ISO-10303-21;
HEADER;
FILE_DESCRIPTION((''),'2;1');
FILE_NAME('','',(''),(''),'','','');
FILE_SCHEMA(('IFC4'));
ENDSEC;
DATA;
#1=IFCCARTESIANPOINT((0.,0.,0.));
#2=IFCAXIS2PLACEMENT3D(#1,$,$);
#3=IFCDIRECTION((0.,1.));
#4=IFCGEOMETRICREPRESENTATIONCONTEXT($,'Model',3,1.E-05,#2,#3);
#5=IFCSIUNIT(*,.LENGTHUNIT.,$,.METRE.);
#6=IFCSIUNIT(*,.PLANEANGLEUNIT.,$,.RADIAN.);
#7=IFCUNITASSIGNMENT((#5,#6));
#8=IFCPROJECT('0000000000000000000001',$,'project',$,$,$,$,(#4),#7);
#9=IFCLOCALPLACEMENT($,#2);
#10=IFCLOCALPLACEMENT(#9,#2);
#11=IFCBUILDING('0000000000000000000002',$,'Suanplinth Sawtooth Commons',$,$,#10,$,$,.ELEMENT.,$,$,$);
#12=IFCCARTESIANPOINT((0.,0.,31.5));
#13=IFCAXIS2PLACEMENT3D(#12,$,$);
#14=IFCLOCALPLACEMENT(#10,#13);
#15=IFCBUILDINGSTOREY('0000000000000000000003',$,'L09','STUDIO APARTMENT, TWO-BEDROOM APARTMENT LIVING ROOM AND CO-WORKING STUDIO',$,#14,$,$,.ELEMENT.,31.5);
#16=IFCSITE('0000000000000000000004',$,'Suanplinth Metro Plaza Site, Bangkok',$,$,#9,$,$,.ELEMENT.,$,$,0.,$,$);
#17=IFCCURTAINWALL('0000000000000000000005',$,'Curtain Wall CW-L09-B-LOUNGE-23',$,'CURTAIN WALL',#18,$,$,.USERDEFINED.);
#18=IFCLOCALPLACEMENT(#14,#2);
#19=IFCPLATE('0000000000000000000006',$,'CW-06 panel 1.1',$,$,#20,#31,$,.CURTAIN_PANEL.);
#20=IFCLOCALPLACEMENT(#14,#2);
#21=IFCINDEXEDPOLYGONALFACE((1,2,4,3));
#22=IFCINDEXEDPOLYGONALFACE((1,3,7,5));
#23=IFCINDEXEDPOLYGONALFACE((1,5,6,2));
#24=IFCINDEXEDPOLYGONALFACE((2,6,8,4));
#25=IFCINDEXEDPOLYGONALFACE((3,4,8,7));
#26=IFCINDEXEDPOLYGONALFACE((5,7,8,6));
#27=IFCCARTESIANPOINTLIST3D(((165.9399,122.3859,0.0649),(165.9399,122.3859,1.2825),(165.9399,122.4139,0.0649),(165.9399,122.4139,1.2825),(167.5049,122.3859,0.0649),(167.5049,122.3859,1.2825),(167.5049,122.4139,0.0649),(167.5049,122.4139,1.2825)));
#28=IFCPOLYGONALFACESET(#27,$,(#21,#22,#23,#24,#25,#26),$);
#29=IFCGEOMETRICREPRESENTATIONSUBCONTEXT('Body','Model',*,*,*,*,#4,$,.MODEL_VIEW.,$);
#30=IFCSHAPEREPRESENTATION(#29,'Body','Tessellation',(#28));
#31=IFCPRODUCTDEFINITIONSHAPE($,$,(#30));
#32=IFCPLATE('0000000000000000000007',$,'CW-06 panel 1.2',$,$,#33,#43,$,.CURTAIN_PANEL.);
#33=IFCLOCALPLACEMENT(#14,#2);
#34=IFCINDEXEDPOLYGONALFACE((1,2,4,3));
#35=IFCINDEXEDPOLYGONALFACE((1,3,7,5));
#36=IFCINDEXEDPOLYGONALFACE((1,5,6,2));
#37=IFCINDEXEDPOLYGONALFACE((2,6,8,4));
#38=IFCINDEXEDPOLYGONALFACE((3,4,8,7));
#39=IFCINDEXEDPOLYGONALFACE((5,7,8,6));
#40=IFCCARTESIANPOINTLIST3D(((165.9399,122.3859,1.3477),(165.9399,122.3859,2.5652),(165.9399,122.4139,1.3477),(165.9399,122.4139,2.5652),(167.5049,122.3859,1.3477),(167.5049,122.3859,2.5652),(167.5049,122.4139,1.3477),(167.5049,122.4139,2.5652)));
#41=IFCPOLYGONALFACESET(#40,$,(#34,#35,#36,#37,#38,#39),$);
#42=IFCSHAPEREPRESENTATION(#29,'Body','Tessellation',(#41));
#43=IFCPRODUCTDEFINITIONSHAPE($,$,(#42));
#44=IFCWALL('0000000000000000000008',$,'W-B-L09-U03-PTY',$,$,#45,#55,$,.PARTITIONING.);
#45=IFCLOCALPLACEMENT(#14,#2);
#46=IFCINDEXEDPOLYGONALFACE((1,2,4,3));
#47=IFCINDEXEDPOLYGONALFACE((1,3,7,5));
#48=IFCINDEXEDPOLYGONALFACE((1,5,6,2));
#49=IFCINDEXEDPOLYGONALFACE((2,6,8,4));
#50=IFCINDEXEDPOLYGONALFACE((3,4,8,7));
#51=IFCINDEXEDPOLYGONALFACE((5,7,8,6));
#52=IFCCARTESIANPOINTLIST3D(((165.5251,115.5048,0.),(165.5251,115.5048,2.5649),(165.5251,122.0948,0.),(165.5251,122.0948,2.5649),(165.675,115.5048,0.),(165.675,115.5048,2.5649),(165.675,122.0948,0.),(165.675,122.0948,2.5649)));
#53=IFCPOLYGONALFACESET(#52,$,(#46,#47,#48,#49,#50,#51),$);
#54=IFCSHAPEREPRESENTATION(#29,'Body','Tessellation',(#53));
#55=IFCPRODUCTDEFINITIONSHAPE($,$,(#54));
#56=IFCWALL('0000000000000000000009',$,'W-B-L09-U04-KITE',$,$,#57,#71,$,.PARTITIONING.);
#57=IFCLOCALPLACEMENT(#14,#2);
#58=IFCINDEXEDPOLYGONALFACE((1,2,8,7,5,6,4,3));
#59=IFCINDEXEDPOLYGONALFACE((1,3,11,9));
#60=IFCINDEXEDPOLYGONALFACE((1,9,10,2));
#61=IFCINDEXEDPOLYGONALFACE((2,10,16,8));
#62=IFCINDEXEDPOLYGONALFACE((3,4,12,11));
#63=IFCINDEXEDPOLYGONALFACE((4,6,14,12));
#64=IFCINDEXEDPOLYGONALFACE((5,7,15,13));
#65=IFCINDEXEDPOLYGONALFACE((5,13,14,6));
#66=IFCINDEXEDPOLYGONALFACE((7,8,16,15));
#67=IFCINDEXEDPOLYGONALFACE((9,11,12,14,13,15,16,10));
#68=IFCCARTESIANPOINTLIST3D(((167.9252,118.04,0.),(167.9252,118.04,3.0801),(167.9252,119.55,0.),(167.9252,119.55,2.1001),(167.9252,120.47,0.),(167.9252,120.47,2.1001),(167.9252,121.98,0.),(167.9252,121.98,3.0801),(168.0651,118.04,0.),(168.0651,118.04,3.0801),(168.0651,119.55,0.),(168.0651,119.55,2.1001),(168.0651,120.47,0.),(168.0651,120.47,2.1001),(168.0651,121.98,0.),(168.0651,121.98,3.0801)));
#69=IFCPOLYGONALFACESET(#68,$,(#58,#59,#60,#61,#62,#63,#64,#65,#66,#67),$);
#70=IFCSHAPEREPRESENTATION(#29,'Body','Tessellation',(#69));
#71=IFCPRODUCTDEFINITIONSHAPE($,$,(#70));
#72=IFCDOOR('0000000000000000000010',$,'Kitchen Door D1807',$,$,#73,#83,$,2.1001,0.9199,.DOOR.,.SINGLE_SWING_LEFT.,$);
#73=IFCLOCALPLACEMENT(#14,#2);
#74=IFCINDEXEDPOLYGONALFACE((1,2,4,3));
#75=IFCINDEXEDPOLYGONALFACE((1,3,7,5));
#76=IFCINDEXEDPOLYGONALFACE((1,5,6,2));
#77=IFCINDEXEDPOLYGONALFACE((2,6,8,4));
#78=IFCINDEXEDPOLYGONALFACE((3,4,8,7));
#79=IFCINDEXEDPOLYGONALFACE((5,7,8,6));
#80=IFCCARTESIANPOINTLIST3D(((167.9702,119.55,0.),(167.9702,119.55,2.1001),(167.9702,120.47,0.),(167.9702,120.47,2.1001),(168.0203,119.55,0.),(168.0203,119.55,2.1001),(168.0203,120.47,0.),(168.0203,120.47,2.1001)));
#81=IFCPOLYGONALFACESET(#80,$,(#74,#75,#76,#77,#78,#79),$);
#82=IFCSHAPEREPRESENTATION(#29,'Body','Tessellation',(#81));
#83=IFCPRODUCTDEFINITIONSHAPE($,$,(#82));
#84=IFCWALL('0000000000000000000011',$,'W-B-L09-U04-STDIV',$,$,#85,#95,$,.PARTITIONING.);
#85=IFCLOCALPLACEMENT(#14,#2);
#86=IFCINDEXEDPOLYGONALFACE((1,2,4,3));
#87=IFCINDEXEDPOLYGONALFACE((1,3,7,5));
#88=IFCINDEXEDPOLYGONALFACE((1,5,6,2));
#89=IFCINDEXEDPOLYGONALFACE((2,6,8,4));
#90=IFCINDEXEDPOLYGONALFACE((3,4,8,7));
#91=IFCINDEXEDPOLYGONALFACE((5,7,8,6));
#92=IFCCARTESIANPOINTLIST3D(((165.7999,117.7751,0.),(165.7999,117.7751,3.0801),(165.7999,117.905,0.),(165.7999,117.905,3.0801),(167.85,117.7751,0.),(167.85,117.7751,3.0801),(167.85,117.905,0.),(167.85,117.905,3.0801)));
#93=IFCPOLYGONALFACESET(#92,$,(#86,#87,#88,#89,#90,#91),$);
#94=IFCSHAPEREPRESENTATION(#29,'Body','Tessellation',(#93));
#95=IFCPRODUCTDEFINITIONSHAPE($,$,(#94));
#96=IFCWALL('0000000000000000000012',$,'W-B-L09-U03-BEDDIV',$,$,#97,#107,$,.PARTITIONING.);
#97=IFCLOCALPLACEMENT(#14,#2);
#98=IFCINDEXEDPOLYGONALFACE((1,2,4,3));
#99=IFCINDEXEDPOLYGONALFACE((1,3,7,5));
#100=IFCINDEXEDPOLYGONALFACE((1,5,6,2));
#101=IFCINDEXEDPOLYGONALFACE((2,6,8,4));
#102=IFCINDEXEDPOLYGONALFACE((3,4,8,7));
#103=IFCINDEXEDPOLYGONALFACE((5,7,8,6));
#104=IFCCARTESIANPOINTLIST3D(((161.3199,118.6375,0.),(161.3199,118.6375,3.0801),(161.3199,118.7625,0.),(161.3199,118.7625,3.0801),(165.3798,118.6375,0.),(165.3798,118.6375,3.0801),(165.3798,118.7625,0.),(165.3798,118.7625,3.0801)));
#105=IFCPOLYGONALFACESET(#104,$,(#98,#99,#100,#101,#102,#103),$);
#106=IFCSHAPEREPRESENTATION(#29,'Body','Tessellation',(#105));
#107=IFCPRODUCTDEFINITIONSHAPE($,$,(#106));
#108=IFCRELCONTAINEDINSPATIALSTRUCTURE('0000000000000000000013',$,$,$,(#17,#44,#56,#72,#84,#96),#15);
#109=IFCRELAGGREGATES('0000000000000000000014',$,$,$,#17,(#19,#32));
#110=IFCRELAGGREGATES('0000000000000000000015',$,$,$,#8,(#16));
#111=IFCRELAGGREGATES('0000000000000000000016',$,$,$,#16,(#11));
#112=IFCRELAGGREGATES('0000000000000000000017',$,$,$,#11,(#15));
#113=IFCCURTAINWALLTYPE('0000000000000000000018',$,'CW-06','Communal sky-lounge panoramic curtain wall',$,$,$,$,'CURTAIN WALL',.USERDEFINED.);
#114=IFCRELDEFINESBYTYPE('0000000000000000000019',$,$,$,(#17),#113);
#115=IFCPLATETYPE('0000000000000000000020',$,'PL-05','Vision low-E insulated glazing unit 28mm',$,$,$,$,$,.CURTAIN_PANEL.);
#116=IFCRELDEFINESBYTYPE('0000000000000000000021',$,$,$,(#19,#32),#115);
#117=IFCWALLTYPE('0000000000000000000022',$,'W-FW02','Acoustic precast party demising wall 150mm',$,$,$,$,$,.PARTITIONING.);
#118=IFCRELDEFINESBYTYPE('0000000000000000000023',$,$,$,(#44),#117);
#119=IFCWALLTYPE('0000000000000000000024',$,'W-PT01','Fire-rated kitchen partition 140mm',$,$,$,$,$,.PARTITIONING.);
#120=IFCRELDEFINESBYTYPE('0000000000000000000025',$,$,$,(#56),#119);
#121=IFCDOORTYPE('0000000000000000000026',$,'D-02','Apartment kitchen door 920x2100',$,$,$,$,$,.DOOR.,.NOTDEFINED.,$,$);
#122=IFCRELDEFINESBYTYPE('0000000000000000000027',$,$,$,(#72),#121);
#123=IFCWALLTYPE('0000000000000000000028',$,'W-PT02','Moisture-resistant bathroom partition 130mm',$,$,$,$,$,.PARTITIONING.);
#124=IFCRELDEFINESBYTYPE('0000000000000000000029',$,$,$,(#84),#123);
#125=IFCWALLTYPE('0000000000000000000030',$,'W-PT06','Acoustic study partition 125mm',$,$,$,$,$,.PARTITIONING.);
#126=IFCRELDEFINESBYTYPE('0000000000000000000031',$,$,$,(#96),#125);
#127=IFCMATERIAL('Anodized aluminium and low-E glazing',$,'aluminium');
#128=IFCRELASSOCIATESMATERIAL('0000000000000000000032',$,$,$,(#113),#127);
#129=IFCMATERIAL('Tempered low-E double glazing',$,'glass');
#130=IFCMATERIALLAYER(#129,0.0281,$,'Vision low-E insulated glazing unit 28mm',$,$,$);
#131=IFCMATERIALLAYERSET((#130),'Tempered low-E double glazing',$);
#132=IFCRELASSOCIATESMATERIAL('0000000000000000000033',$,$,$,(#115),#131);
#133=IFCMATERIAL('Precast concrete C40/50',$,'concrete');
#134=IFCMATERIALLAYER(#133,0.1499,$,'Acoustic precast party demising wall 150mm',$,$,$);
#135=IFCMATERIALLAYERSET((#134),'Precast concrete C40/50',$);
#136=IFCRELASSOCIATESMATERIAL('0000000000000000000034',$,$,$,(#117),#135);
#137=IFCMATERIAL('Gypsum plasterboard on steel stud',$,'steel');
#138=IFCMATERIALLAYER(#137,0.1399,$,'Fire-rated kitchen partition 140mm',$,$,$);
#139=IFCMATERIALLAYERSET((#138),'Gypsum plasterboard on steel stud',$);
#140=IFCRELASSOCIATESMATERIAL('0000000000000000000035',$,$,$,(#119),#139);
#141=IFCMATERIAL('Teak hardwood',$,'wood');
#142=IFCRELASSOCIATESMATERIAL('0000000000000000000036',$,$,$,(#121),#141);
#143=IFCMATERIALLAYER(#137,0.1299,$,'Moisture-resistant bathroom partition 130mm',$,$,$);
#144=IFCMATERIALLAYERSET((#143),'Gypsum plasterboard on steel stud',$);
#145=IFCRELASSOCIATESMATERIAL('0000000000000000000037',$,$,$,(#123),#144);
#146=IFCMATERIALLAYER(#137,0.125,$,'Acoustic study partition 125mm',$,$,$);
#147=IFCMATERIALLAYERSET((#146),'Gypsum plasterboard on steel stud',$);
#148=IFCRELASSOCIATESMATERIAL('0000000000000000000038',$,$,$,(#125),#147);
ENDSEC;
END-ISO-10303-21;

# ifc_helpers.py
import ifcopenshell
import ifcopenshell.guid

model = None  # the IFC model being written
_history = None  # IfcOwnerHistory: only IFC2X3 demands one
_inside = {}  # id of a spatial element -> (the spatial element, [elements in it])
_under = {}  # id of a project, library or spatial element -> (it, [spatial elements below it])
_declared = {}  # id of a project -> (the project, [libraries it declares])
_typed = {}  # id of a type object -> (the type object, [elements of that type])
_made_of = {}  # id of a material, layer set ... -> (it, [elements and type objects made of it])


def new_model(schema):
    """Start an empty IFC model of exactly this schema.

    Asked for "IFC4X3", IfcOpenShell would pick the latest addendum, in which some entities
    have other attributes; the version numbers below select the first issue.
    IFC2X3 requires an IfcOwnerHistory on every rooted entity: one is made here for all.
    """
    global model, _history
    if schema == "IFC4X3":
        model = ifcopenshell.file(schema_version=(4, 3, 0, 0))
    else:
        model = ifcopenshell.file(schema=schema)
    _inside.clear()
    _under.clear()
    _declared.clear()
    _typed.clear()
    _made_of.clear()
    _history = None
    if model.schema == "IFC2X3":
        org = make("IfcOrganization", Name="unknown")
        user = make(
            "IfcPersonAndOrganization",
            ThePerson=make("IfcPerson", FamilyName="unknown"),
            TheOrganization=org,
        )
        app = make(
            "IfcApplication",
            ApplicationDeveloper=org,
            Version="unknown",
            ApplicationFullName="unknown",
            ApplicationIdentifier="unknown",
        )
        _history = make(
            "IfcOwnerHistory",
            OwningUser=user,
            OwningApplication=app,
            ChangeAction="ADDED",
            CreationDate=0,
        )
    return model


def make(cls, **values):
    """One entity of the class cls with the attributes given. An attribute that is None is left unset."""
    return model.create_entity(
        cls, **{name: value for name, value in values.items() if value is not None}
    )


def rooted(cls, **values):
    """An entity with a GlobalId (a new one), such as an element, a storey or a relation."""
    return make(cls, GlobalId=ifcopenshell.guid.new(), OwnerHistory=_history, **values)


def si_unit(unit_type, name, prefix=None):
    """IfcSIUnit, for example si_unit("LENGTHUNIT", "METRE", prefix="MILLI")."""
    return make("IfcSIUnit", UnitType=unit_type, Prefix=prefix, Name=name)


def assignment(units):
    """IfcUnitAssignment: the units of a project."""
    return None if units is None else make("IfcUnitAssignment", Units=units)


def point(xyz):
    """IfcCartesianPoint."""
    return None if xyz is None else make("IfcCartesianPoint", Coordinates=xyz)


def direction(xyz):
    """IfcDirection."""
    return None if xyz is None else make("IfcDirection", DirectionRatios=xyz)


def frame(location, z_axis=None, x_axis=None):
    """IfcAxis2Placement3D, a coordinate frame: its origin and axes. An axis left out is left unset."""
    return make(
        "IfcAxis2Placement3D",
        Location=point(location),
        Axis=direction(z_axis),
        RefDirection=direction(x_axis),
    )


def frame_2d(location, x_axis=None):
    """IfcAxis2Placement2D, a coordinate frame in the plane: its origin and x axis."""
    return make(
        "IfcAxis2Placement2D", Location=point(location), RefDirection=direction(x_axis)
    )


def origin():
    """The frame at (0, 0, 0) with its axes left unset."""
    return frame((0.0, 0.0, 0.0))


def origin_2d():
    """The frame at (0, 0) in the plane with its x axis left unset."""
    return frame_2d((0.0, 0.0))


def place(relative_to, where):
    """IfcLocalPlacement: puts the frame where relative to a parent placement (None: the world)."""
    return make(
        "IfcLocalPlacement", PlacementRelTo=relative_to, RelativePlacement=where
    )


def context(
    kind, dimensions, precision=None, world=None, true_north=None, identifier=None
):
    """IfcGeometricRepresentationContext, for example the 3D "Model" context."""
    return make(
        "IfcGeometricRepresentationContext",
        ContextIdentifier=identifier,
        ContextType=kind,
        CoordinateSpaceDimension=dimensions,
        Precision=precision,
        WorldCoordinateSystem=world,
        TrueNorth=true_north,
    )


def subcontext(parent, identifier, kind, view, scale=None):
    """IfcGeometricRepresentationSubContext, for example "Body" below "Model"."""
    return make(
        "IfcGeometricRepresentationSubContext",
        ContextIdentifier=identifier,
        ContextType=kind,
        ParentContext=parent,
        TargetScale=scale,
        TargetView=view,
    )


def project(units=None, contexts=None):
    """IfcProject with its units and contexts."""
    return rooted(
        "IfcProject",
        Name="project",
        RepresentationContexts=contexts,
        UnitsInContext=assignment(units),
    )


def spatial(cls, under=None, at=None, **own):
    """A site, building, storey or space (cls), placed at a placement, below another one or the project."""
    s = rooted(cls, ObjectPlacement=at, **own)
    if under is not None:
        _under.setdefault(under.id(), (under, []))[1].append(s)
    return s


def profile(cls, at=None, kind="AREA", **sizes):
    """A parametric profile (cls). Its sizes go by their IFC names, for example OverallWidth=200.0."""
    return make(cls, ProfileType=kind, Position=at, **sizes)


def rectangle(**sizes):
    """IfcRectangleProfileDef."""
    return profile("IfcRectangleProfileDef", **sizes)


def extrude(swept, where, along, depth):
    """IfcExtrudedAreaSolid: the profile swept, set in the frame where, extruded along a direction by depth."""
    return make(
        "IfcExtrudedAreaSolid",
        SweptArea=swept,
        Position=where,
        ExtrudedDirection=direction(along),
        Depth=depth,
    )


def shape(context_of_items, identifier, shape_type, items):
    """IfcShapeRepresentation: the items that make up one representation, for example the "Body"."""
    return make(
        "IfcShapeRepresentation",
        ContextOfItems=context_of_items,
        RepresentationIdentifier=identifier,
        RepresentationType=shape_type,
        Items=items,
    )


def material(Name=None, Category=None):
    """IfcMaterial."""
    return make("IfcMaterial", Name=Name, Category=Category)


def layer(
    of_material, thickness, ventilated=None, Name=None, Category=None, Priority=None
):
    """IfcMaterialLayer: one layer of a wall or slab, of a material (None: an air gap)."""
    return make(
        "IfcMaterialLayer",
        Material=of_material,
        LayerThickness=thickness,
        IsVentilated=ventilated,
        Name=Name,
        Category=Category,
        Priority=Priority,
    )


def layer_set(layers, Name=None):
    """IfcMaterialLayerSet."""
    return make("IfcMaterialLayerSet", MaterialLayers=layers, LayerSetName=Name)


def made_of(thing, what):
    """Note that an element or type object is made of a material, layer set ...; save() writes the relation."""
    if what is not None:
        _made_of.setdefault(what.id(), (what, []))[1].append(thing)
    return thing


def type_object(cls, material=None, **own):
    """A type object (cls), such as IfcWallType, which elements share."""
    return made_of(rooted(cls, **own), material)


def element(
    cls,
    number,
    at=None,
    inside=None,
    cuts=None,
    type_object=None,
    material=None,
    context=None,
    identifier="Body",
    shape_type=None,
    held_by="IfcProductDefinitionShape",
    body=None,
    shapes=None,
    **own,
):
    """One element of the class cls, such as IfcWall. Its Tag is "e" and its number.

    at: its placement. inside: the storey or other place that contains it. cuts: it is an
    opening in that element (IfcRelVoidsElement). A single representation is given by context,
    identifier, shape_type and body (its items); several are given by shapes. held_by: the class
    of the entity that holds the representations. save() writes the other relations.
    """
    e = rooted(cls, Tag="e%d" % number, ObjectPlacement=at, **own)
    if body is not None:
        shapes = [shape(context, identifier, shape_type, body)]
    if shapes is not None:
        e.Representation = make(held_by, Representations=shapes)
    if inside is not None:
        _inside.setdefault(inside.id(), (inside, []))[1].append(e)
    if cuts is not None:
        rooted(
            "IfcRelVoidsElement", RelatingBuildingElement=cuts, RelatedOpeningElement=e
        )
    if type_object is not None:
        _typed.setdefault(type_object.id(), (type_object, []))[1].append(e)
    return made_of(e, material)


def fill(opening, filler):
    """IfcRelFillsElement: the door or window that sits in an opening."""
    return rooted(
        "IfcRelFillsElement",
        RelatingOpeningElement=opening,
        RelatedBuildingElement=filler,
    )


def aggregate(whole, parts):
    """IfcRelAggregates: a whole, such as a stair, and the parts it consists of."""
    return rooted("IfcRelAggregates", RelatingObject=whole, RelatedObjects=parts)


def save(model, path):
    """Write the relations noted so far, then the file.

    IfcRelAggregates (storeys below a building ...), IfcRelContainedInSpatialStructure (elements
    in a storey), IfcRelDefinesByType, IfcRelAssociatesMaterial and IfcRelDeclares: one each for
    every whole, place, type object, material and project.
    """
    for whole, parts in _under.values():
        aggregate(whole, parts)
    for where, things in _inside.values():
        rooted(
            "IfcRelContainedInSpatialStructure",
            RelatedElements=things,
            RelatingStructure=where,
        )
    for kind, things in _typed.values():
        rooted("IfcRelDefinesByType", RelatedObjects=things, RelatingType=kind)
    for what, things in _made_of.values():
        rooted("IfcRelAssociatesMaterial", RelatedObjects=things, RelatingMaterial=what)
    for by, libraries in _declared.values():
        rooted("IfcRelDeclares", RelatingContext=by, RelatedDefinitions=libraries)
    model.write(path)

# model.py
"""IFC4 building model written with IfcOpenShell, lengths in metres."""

from ifc_helpers import new_model, si_unit, direction, frame, frame_2d, origin, origin_2d, place, context, subcontext, project, spatial, rectangle, extrude, material, layer, layer_set, type_object, element, fill, aggregate, save


model = new_model("IFC4")

# Units and contexts
model_context = context("Model", 3, precision=1e-05, world=origin(), true_north=direction((0.0, 1.0)))
body_context = subcontext(model_context, "Body", "Model", "MODEL_VIEW")
ifc_project = project(units=[si_unit("LENGTHUNIT", "METRE"), si_unit("PLANEANGLEUNIT", "RADIAN")], contexts=[model_context])

# Site, building, storey
site_placement = place(None, origin())
site = spatial("IfcSite", under=ifc_project, at=site_placement, Name="Suanplinth Metro Plaza Site, Bangkok", CompositionType="ELEMENT", RefElevation=0.0)
building_placement = place(site_placement, origin())
building = spatial("IfcBuilding", under=site, at=building_placement, Name="Suanplinth Sawtooth Commons", CompositionType="ELEMENT")
storey_placement = place(building_placement, frame((0.0, 0.0, 31.5)))
storey = spatial("IfcBuildingStorey", under=building, at=storey_placement, Name="L09", Description="STUDIO APARTMENT, TWO-BEDROOM APARTMENT LIVING ROOM AND CO-WORKING STUDIO", CompositionType="ELEMENT", Elevation=31.5)

# Shared definitions
ifc_material_1 = material(Name="Precast concrete C40/50", Category="concrete")

# Curtain wall, plates
ifc_material_2 = material(Name="Anodized aluminium and low-E glazing", Category="aluminium")
curtain_wall_type = type_object("IfcCurtainWallType", Name="CW-06", Description="Communal sky-lounge panoramic curtain wall", ElementType="CURTAIN WALL", PredefinedType="USERDEFINED", material=ifc_material_2)
curtain_wall_placement = place(storey_placement, origin())
curtain_wall = element("IfcCurtainWall", 1, at=curtain_wall_placement, inside=storey, type_object=curtain_wall_type, Name="Curtain Wall CW-L09-B-LOUNGE-23", ObjectType="CURTAIN WALL", PredefinedType="USERDEFINED")
ifc_material_3 = material(Name="Tempered low-E double glazing", Category="glass")
ifc_layer_1 = layer(ifc_material_3, 0.0281, Name="Vision low-E insulated glazing unit 28mm")
ifc_layer_set_1 = layer_set([ifc_layer_1], Name="Tempered low-E double glazing")
plate_type = type_object("IfcPlateType", Name="PL-05", Description="Vision low-E insulated glazing unit 28mm", PredefinedType="CURTAIN_PANEL", material=ifc_layer_set_1)
plate_1_placement = place(storey_placement, frame((166.7224, 122.3999, 0.0649), z_axis=(0.0, 0.0, 1.0), x_axis=(1.0, 0.0, 0.0)))
plate_1 = element("IfcPlate", 2, at=plate_1_placement, type_object=plate_type, Name="CW-06 panel 1.1", PredefinedType="CURTAIN_PANEL", context=body_context, shape_type="SweptSolid", body=[
    extrude(rectangle(XDim=1.5649, YDim=0.0281, at=origin_2d()), origin(), (0.0, 0.0, 1.0), 1.2175),
])
plate_2_placement = place(storey_placement, frame((166.7224, 122.3999, 1.3477), z_axis=(0.0, 0.0, 1.0), x_axis=(1.0, 0.0, 0.0)))
plate_2 = element("IfcPlate", 3, at=plate_2_placement, type_object=plate_type, Name="CW-06 panel 1.2", PredefinedType="CURTAIN_PANEL", context=body_context, shape_type="SweptSolid", body=[
    extrude(rectangle(XDim=1.5649, YDim=0.0281, at=origin_2d()), origin(), (0.0, 0.0, 1.0), 1.2175),
])
aggregate(curtain_wall, [plate_1, plate_2])

# Wall
ifc_layer_2 = layer(ifc_material_1, 0.1499, Name="Acoustic precast party demising wall 150mm")
ifc_layer_set_2 = layer_set([ifc_layer_2], Name="Precast concrete C40/50")
wall_type_1 = type_object("IfcWallType", Name="W-FW02", Description="Acoustic precast party demising wall 150mm", PredefinedType="PARTITIONING", material=ifc_layer_set_2)
wall_1_placement = place(storey_placement, frame((165.6001, 115.5049, 0.0), z_axis=(0.0, 0.0, 1.0), x_axis=(0.0, 1.0, 0.0)))
element("IfcWall", 4, at=wall_1_placement, inside=storey, type_object=wall_type_1, Name="W-B-L09-U03-PTY", PredefinedType="PARTITIONING", context=body_context, shape_type="SweptSolid", body=[
    extrude(rectangle(XDim=6.5901, YDim=0.1499, at=frame_2d((3.2949, 0.0))), origin(), (0.0, 0.0, 1.0), 2.5649),
])

# Wall, opening, door
ifc_material_4 = material(Name="Gypsum plasterboard on steel stud", Category="steel")
ifc_layer_3 = layer(ifc_material_4, 0.1399, Name="Fire-rated kitchen partition 140mm")
ifc_layer_set_3 = layer_set([ifc_layer_3], Name="Gypsum plasterboard on steel stud")
wall_type_2 = type_object("IfcWallType", Name="W-PT01", Description="Fire-rated kitchen partition 140mm", PredefinedType="PARTITIONING", material=ifc_layer_set_3)
wall_2_placement = place(storey_placement, frame((167.9951, 118.04, 0.0), z_axis=(0.0, 0.0, 1.0), x_axis=(0.0, 1.0, 0.0)))
wall_2 = element("IfcWall", 5, at=wall_2_placement, inside=storey, type_object=wall_type_2, Name="W-B-L09-U04-KITE", PredefinedType="PARTITIONING", context=body_context, shape_type="SweptSolid", body=[
    extrude(rectangle(XDim=3.9399, YDim=0.1399, at=frame_2d((1.97, 0.0))), origin(), (0.0, 0.0, 1.0), 3.0801),
])
opening_1_placement = place(wall_2_placement, frame((1.51, 0.0, 0.0)))
opening_1 = element("IfcOpeningElement", 6, at=opening_1_placement, cuts=wall_2, PredefinedType="OPENING", context=body_context, shape_type="SweptSolid", body=[
    extrude(rectangle(XDim=0.9199, YDim=2.1001, at=frame_2d((0.46, 1.05))), frame((0.0, 0.085, 0.0), z_axis=(0.0, -1.0, 0.0), x_axis=(1.0, 0.0, 0.0)), (0.0, 0.0, 1.0), 0.1697),
])
ifc_material_5 = material(Name="Teak hardwood", Category="wood")
door_type_1 = type_object("IfcDoorType", Name="D-02", Description="Apartment kitchen door 920x2100", OperationType="NOTDEFINED", PredefinedType="DOOR", material=ifc_material_5)
door_1_placement = place(opening_1_placement, origin())
door_1 = element("IfcDoor", 7, at=door_1_placement, inside=storey, type_object=door_type_1, Name="Kitchen Door D1807", OperationType="SINGLE_SWING_LEFT", OverallHeight=2.1001, OverallWidth=0.9199, PredefinedType="DOOR", context=body_context, shape_type="SweptSolid", body=[
    extrude(rectangle(XDim=0.9199, YDim=2.1001, at=frame_2d((0.46, 1.05))), frame((0.0, 0.0249, 0.0), z_axis=(0.0, -1.0, 0.0), x_axis=(1.0, 0.0, 0.0)), (0.0, 0.0, 1.0), 0.05),
])
fill(opening_1, door_1)

# Walls
ifc_layer_4 = layer(ifc_material_4, 0.1299, Name="Moisture-resistant bathroom partition 130mm")
ifc_layer_set_4 = layer_set([ifc_layer_4], Name="Gypsum plasterboard on steel stud")
wall_type_3 = type_object("IfcWallType", Name="W-PT02", Description="Moisture-resistant bathroom partition 130mm", PredefinedType="PARTITIONING", material=ifc_layer_set_4)
wall_3_placement = place(storey_placement, frame((165.8, 117.8401, 0.0), z_axis=(0.0, 0.0, 1.0), x_axis=(1.0, 0.0, 0.0)))
element("IfcWall", 8, at=wall_3_placement, inside=storey, type_object=wall_type_3, Name="W-B-L09-U04-STDIV", PredefinedType="PARTITIONING", context=body_context, shape_type="SweptSolid", body=[
    extrude(rectangle(XDim=2.05, YDim=0.1299, at=frame_2d((1.0249, 0.0))), origin(), (0.0, 0.0, 1.0), 3.0801),
])
ifc_layer_5 = layer(ifc_material_4, 0.125, Name="Acoustic study partition 125mm")
ifc_layer_set_5 = layer_set([ifc_layer_5], Name="Gypsum plasterboard on steel stud")
wall_type_4 = type_object("IfcWallType", Name="W-PT06", Description="Acoustic study partition 125mm", PredefinedType="PARTITIONING", material=ifc_layer_set_5)
wall_4_placement = place(storey_placement, frame((161.3201, 118.7, 0.0), z_axis=(0.0, 0.0, 1.0), x_axis=(1.0, 0.0, 0.0)))
element("IfcWall", 9, at=wall_4_placement, inside=storey, type_object=wall_type_4, Name="W-B-L09-U03-BEDDIV", PredefinedType="PARTITIONING", context=body_context, shape_type="SweptSolid", body=[
    extrude(rectangle(XDim=4.0598, YDim=0.125, at=frame_2d((2.0298, 0.0))), origin(), (0.0, 0.0, 1.0), 3.0801),
])

save(model, "model.ifc")
